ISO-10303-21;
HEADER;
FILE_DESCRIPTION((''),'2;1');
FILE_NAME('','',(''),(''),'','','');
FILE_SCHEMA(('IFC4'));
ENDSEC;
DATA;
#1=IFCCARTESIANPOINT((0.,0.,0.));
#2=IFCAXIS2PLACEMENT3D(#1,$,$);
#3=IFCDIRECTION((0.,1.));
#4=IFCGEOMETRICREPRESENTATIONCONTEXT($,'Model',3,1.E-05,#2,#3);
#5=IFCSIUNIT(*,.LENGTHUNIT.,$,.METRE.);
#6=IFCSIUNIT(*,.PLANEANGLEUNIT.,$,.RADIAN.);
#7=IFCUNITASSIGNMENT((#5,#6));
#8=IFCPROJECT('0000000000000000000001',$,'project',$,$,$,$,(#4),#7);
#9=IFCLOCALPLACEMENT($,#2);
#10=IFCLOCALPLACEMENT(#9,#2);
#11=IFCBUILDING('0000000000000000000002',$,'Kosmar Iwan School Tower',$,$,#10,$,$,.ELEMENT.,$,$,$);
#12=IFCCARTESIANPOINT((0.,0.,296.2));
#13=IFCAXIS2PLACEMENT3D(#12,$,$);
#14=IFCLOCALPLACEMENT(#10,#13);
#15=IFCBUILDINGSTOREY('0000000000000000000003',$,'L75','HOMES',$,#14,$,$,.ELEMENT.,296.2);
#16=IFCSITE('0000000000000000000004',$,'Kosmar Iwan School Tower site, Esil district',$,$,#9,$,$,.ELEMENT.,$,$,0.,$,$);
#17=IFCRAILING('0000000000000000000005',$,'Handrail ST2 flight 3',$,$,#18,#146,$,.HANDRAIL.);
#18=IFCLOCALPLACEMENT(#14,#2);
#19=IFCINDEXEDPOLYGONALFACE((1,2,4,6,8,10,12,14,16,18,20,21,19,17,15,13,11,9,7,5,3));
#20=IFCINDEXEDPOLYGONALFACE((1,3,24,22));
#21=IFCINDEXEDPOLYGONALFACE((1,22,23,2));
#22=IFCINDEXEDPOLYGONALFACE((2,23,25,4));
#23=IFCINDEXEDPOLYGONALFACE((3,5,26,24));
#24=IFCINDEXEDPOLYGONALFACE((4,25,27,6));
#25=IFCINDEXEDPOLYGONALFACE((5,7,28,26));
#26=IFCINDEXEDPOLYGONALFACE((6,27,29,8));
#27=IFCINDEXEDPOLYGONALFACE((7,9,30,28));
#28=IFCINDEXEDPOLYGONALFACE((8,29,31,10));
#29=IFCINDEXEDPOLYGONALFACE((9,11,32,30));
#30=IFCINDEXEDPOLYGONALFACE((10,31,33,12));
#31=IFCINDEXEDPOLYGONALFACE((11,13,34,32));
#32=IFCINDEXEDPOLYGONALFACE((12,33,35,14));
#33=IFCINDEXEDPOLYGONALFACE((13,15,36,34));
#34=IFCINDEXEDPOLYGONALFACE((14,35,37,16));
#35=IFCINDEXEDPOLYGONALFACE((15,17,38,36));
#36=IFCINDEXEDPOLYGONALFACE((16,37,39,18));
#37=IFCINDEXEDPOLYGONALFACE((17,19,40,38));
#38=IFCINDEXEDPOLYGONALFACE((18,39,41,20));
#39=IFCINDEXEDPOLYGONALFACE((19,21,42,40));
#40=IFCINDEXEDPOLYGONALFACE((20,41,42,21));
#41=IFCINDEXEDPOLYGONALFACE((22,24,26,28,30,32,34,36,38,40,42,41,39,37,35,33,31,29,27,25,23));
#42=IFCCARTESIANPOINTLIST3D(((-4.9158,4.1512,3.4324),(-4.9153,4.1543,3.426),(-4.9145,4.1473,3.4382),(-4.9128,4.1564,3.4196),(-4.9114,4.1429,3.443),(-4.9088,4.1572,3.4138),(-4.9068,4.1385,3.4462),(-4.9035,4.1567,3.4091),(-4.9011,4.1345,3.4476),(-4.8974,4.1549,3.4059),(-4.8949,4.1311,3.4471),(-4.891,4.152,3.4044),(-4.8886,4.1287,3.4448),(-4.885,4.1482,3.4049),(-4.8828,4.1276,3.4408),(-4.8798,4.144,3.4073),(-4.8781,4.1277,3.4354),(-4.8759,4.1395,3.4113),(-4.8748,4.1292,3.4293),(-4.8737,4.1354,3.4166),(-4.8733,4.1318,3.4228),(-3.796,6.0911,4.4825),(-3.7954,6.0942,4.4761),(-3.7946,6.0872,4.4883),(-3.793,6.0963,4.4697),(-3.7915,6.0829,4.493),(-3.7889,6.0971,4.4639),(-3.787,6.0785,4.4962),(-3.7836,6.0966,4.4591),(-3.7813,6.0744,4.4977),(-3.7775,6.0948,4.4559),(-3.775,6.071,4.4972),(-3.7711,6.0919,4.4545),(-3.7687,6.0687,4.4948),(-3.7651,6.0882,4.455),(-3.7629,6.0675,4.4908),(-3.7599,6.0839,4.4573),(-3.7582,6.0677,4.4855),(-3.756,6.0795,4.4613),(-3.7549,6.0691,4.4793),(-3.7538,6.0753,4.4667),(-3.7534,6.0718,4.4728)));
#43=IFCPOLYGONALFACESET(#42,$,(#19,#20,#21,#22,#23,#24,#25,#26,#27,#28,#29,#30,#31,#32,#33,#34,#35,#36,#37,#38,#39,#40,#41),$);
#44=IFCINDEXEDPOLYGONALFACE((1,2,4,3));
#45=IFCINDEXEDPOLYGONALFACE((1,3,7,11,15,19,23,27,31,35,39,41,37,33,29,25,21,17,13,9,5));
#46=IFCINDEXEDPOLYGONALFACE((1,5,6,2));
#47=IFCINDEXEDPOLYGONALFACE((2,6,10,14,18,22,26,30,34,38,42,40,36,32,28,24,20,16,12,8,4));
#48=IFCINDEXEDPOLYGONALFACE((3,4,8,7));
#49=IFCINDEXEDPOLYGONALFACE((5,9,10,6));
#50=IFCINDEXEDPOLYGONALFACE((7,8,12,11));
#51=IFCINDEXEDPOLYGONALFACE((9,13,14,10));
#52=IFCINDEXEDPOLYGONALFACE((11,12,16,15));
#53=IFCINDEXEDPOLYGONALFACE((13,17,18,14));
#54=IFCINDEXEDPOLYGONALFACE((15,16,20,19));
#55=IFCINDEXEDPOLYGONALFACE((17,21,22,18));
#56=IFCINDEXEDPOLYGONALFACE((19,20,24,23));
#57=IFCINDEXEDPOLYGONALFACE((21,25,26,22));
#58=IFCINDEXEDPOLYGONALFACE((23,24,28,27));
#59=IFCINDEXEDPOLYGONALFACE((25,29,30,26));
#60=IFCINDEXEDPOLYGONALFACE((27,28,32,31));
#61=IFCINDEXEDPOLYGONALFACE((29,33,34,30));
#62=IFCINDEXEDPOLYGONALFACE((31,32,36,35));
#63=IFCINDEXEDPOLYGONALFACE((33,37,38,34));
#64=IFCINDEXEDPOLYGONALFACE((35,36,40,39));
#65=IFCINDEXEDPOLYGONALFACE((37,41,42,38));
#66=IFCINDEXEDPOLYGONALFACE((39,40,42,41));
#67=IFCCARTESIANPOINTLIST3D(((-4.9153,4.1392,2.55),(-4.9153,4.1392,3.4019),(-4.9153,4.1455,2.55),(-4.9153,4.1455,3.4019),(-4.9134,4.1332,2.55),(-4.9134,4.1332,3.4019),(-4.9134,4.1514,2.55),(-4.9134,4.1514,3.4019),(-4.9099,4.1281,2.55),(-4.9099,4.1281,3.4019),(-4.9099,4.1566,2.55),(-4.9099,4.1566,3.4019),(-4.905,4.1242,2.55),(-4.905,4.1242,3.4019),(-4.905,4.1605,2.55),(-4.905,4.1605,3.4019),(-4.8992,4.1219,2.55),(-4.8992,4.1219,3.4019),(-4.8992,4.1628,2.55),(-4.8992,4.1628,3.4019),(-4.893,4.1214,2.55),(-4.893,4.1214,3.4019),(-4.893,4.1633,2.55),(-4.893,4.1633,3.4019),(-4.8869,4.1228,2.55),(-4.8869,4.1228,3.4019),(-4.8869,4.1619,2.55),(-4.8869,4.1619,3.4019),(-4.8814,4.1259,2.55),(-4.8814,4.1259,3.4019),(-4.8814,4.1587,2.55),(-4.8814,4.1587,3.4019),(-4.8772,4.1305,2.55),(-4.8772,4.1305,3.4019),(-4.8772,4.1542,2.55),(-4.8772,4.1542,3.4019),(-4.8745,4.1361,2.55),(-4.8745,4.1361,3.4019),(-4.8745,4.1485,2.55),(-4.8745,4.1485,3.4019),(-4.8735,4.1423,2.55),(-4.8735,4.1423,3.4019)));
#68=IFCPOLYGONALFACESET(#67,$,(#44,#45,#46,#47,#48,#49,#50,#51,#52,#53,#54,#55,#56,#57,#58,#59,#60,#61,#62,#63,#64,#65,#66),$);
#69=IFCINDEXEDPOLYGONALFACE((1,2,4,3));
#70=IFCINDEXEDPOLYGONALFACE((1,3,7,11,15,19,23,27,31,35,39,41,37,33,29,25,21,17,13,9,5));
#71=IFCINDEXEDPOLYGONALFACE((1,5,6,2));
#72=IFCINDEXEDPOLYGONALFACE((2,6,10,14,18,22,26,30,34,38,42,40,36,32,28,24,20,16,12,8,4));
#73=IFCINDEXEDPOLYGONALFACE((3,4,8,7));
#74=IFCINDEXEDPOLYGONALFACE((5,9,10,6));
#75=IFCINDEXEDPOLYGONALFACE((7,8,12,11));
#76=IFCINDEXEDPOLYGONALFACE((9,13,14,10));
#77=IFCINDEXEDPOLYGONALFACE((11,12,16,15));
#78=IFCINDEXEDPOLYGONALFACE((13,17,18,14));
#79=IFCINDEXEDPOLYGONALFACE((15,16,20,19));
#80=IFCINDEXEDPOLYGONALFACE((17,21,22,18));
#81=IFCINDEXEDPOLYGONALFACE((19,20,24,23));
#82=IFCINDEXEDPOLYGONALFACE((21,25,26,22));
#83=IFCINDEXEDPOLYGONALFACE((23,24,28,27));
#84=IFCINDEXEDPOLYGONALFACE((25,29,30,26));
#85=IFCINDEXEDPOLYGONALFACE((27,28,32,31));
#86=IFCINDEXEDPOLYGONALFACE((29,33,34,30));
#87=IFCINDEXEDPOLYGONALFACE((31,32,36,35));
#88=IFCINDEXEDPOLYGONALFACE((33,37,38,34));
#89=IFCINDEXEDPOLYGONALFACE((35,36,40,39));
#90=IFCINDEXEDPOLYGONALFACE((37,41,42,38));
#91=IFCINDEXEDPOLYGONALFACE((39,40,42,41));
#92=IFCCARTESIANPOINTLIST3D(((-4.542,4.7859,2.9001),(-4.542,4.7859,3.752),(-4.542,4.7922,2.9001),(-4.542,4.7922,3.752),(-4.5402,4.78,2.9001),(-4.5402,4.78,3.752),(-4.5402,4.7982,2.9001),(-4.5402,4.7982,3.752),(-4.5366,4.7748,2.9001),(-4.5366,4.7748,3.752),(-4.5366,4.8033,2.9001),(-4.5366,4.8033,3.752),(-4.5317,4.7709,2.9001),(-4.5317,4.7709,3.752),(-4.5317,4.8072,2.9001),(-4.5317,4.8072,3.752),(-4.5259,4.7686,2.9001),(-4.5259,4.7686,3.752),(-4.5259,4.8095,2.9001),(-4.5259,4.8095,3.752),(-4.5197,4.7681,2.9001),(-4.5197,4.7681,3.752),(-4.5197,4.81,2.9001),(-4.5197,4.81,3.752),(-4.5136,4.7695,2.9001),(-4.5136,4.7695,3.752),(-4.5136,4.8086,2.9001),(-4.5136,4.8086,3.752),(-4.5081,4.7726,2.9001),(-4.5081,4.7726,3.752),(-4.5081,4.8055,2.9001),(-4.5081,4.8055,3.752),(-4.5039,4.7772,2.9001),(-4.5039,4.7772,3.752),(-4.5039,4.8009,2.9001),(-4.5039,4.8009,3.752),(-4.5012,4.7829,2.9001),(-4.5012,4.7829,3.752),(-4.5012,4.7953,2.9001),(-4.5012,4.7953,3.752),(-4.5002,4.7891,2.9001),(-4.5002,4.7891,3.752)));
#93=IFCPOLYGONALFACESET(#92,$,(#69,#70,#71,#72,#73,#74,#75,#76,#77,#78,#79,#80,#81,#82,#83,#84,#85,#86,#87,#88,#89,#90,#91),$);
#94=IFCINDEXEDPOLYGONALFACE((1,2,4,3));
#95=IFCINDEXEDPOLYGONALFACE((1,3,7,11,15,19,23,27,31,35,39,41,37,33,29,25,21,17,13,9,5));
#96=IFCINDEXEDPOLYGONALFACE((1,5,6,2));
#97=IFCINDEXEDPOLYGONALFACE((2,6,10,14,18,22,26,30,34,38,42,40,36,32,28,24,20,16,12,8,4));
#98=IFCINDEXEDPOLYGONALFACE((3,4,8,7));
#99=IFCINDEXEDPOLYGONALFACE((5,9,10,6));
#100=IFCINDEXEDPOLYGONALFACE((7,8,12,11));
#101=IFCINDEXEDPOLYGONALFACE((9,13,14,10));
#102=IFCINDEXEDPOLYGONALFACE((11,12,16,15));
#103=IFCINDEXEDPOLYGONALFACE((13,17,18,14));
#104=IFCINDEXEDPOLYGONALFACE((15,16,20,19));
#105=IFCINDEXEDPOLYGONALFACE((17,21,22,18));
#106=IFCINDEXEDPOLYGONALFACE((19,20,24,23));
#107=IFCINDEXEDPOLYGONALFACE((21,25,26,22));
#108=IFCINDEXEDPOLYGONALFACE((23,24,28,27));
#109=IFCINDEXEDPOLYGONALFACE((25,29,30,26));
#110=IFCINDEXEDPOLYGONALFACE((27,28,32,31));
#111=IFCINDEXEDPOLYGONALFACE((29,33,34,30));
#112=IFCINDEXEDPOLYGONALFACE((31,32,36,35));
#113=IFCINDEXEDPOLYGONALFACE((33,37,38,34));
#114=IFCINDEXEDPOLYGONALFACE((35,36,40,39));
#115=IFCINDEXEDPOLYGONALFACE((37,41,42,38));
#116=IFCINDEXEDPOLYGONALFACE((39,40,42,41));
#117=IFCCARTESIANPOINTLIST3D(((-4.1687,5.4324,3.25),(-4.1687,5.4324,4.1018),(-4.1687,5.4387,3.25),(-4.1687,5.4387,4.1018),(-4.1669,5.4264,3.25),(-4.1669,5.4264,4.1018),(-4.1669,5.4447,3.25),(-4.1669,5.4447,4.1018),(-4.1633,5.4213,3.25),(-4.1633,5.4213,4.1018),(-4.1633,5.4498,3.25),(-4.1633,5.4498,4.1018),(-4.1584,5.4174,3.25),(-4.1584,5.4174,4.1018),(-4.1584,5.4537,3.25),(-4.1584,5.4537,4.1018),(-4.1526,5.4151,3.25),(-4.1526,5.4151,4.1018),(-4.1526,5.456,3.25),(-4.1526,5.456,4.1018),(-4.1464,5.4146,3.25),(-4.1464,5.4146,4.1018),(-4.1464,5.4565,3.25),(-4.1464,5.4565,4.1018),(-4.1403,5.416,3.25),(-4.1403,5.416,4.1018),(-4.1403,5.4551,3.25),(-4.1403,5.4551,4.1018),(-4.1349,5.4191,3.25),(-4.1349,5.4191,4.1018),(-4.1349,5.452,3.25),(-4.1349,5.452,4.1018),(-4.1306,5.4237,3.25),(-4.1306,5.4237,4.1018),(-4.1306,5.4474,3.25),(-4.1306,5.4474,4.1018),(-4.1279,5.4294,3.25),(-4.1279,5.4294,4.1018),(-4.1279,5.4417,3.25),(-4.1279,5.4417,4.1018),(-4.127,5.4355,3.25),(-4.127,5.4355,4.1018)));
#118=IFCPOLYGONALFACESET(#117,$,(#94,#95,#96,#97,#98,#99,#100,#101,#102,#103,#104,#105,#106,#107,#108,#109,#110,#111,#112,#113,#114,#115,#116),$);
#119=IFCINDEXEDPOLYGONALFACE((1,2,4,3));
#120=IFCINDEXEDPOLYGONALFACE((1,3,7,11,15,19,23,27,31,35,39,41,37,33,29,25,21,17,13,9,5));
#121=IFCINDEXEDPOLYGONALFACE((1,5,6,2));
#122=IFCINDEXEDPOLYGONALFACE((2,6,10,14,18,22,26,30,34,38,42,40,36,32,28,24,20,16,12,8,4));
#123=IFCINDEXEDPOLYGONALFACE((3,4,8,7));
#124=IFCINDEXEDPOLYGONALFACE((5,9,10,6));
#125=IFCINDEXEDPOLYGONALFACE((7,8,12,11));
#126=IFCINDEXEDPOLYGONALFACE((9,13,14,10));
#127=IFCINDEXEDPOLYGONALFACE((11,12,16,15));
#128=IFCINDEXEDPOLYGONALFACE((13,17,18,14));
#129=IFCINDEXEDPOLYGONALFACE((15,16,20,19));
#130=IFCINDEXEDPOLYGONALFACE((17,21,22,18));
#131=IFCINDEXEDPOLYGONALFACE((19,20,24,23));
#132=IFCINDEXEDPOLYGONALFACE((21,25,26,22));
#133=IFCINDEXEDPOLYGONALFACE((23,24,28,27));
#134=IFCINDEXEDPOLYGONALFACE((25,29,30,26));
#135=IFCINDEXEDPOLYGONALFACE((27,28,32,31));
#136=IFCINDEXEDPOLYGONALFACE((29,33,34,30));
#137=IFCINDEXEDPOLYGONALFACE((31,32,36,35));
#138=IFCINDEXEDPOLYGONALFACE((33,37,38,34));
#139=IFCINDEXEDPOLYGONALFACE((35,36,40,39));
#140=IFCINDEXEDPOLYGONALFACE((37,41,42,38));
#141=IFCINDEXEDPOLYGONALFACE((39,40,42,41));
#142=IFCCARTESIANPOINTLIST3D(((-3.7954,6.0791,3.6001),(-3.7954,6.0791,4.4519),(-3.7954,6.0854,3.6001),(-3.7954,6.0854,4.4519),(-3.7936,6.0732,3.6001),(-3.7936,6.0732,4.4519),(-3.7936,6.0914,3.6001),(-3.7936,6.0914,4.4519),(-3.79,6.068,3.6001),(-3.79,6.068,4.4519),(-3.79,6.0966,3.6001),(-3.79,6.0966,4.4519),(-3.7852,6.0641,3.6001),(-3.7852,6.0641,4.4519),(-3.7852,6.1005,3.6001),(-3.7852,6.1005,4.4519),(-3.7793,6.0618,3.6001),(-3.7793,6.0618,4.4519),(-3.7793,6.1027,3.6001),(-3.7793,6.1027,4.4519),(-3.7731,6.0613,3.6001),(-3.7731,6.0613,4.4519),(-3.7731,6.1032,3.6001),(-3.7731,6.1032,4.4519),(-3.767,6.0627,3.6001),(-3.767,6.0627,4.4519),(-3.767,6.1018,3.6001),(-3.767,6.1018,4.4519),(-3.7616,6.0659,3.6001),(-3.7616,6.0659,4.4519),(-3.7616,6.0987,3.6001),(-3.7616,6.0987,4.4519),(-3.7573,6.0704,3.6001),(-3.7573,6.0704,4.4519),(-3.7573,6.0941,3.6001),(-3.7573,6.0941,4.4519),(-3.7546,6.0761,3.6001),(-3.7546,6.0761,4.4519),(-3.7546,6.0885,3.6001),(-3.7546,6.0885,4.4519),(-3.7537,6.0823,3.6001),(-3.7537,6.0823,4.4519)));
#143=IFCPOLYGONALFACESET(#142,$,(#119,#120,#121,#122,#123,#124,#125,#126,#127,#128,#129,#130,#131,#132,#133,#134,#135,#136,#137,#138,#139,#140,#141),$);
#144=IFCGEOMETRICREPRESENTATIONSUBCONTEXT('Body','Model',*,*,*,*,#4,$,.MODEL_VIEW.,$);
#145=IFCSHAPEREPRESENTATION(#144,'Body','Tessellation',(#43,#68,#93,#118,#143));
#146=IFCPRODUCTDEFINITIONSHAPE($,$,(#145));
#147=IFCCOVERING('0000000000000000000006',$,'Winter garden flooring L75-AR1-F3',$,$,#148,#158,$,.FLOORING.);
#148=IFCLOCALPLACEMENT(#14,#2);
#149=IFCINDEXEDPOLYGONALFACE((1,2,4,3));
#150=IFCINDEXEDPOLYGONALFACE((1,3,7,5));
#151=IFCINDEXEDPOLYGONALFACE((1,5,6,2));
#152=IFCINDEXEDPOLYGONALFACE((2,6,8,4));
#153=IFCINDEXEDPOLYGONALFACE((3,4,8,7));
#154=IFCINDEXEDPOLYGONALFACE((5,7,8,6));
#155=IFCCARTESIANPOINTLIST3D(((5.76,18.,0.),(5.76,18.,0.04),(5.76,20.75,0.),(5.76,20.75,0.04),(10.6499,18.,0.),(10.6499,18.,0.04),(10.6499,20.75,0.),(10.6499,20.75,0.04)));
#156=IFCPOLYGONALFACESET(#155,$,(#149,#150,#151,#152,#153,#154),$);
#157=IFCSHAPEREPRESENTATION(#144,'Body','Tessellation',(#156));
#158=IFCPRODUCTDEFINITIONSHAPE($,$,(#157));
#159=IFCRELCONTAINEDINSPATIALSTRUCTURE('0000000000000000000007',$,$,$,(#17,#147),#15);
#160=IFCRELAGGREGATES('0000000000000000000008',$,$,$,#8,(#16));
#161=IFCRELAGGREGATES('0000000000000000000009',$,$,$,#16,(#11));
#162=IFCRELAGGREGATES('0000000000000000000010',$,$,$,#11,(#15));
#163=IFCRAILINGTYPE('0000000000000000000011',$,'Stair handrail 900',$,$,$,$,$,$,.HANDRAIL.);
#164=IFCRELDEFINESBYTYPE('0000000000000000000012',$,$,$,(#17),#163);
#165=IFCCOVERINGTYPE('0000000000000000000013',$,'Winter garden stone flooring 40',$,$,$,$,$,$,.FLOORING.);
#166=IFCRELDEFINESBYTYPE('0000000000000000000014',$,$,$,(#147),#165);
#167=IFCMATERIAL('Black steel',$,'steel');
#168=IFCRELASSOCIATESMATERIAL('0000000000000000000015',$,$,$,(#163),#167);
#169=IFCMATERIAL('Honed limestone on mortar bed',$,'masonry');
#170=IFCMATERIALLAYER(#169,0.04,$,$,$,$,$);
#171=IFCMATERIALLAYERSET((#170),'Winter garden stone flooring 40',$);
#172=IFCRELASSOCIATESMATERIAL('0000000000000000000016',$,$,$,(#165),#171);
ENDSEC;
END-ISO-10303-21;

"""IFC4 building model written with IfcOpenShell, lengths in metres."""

from ifc_helpers import new_model, si_unit, direction, frame, origin, origin_2d, place, context, subcontext, project, spatial, polyline, circle, outline, extrude, material, layer, layer_set, type_object, element, save


model = new_model("IFC4")

# Units and contexts
model_context = context("Model", 3, precision=1e-05, world=origin(), true_north=direction((0.0, 1.0)))
body_context = subcontext(model_context, "Body", "Model", "MODEL_VIEW")
ifc_project = project(units=[si_unit("LENGTHUNIT", "METRE"), si_unit("PLANEANGLEUNIT", "RADIAN")], contexts=[model_context])

# Site, building, storey
site_placement = place(None, origin())
site = spatial("IfcSite", under=ifc_project, at=site_placement, Name="Kosmar Iwan School Tower site, Esil district", CompositionType="ELEMENT", RefElevation=0.0)
building_placement = place(site_placement, origin())
building = spatial("IfcBuilding", under=site, at=building_placement, Name="Kosmar Iwan School Tower", CompositionType="ELEMENT")
storey_placement = place(building_placement, frame((0.0, 0.0, 296.2)))
storey = spatial("IfcBuildingStorey", under=building, at=storey_placement, Name="L75", Description="HOMES", CompositionType="ELEMENT", Elevation=296.2)

# Railing
ifc_material_1 = material(Name="Black steel", Category="steel")
railing_type = type_object("IfcRailingType", Name="Stair handrail 900", PredefinedType="HANDRAIL", material=ifc_material_1)
railing_1_placement = place(storey_placement, frame((-4.8945, 4.1423, 2.55)))
element("IfcRailing", 1, at=railing_1_placement, inside=storey, type_object=railing_type, Name="Handrail ST2 flight 3", PredefinedType="HANDRAIL", context=body_context, shape_type="SweptSolid", body=[
    extrude(circle(Radius=0.0239, at=origin_2d()), frame((0.0, 0.0, 0.876), z_axis=(0.452678, 0.784169, 0.424454), x_axis=(-0.866055, 0.499949, 0.0)), (0.0, 0.0, 1.0), 2.4739),
    extrude(circle(Radius=0.021, at=origin_2d()), origin(), (0.0, 0.0, 1.0), 0.8518),
    extrude(circle(Radius=0.021, at=origin_2d()), frame((0.3733, 0.6467, 0.3501)), (0.0, 0.0, 1.0), 0.8518),
    extrude(circle(Radius=0.021, at=origin_2d()), frame((0.7466, 1.2932, 0.7)), (0.0, 0.0, 1.0), 0.8518),
    extrude(circle(Radius=0.021, at=origin_2d()), frame((1.1199, 1.9399, 1.05)), (0.0, 0.0, 1.0), 0.8518),
])

# Covering
ifc_material_2 = material(Name="Honed limestone on mortar bed", Category="masonry")
ifc_layer_1 = layer(ifc_material_2, 0.04)
ifc_layer_set_1 = layer_set([ifc_layer_1], Name="Winter garden stone flooring 40")
covering_type = type_object("IfcCoveringType", Name="Winter garden stone flooring 40", PredefinedType="FLOORING", material=ifc_layer_set_1)
covering_placement = place(storey_placement, origin())
element("IfcCovering", 2, at=covering_placement, inside=storey, type_object=covering_type, Name="Winter garden flooring L75-AR1-F3", PredefinedType="FLOORING", context=body_context, shape_type="SweptSolid", body=[
    extrude(outline(polyline([(5.76, 18.0), (10.6499, 18.0), (10.6499, 20.75), (5.76, 20.75), (5.76, 18.0)])), origin(), (0.0, 0.0, 1.0), 0.04),
])

save(model, "model.ifc")
